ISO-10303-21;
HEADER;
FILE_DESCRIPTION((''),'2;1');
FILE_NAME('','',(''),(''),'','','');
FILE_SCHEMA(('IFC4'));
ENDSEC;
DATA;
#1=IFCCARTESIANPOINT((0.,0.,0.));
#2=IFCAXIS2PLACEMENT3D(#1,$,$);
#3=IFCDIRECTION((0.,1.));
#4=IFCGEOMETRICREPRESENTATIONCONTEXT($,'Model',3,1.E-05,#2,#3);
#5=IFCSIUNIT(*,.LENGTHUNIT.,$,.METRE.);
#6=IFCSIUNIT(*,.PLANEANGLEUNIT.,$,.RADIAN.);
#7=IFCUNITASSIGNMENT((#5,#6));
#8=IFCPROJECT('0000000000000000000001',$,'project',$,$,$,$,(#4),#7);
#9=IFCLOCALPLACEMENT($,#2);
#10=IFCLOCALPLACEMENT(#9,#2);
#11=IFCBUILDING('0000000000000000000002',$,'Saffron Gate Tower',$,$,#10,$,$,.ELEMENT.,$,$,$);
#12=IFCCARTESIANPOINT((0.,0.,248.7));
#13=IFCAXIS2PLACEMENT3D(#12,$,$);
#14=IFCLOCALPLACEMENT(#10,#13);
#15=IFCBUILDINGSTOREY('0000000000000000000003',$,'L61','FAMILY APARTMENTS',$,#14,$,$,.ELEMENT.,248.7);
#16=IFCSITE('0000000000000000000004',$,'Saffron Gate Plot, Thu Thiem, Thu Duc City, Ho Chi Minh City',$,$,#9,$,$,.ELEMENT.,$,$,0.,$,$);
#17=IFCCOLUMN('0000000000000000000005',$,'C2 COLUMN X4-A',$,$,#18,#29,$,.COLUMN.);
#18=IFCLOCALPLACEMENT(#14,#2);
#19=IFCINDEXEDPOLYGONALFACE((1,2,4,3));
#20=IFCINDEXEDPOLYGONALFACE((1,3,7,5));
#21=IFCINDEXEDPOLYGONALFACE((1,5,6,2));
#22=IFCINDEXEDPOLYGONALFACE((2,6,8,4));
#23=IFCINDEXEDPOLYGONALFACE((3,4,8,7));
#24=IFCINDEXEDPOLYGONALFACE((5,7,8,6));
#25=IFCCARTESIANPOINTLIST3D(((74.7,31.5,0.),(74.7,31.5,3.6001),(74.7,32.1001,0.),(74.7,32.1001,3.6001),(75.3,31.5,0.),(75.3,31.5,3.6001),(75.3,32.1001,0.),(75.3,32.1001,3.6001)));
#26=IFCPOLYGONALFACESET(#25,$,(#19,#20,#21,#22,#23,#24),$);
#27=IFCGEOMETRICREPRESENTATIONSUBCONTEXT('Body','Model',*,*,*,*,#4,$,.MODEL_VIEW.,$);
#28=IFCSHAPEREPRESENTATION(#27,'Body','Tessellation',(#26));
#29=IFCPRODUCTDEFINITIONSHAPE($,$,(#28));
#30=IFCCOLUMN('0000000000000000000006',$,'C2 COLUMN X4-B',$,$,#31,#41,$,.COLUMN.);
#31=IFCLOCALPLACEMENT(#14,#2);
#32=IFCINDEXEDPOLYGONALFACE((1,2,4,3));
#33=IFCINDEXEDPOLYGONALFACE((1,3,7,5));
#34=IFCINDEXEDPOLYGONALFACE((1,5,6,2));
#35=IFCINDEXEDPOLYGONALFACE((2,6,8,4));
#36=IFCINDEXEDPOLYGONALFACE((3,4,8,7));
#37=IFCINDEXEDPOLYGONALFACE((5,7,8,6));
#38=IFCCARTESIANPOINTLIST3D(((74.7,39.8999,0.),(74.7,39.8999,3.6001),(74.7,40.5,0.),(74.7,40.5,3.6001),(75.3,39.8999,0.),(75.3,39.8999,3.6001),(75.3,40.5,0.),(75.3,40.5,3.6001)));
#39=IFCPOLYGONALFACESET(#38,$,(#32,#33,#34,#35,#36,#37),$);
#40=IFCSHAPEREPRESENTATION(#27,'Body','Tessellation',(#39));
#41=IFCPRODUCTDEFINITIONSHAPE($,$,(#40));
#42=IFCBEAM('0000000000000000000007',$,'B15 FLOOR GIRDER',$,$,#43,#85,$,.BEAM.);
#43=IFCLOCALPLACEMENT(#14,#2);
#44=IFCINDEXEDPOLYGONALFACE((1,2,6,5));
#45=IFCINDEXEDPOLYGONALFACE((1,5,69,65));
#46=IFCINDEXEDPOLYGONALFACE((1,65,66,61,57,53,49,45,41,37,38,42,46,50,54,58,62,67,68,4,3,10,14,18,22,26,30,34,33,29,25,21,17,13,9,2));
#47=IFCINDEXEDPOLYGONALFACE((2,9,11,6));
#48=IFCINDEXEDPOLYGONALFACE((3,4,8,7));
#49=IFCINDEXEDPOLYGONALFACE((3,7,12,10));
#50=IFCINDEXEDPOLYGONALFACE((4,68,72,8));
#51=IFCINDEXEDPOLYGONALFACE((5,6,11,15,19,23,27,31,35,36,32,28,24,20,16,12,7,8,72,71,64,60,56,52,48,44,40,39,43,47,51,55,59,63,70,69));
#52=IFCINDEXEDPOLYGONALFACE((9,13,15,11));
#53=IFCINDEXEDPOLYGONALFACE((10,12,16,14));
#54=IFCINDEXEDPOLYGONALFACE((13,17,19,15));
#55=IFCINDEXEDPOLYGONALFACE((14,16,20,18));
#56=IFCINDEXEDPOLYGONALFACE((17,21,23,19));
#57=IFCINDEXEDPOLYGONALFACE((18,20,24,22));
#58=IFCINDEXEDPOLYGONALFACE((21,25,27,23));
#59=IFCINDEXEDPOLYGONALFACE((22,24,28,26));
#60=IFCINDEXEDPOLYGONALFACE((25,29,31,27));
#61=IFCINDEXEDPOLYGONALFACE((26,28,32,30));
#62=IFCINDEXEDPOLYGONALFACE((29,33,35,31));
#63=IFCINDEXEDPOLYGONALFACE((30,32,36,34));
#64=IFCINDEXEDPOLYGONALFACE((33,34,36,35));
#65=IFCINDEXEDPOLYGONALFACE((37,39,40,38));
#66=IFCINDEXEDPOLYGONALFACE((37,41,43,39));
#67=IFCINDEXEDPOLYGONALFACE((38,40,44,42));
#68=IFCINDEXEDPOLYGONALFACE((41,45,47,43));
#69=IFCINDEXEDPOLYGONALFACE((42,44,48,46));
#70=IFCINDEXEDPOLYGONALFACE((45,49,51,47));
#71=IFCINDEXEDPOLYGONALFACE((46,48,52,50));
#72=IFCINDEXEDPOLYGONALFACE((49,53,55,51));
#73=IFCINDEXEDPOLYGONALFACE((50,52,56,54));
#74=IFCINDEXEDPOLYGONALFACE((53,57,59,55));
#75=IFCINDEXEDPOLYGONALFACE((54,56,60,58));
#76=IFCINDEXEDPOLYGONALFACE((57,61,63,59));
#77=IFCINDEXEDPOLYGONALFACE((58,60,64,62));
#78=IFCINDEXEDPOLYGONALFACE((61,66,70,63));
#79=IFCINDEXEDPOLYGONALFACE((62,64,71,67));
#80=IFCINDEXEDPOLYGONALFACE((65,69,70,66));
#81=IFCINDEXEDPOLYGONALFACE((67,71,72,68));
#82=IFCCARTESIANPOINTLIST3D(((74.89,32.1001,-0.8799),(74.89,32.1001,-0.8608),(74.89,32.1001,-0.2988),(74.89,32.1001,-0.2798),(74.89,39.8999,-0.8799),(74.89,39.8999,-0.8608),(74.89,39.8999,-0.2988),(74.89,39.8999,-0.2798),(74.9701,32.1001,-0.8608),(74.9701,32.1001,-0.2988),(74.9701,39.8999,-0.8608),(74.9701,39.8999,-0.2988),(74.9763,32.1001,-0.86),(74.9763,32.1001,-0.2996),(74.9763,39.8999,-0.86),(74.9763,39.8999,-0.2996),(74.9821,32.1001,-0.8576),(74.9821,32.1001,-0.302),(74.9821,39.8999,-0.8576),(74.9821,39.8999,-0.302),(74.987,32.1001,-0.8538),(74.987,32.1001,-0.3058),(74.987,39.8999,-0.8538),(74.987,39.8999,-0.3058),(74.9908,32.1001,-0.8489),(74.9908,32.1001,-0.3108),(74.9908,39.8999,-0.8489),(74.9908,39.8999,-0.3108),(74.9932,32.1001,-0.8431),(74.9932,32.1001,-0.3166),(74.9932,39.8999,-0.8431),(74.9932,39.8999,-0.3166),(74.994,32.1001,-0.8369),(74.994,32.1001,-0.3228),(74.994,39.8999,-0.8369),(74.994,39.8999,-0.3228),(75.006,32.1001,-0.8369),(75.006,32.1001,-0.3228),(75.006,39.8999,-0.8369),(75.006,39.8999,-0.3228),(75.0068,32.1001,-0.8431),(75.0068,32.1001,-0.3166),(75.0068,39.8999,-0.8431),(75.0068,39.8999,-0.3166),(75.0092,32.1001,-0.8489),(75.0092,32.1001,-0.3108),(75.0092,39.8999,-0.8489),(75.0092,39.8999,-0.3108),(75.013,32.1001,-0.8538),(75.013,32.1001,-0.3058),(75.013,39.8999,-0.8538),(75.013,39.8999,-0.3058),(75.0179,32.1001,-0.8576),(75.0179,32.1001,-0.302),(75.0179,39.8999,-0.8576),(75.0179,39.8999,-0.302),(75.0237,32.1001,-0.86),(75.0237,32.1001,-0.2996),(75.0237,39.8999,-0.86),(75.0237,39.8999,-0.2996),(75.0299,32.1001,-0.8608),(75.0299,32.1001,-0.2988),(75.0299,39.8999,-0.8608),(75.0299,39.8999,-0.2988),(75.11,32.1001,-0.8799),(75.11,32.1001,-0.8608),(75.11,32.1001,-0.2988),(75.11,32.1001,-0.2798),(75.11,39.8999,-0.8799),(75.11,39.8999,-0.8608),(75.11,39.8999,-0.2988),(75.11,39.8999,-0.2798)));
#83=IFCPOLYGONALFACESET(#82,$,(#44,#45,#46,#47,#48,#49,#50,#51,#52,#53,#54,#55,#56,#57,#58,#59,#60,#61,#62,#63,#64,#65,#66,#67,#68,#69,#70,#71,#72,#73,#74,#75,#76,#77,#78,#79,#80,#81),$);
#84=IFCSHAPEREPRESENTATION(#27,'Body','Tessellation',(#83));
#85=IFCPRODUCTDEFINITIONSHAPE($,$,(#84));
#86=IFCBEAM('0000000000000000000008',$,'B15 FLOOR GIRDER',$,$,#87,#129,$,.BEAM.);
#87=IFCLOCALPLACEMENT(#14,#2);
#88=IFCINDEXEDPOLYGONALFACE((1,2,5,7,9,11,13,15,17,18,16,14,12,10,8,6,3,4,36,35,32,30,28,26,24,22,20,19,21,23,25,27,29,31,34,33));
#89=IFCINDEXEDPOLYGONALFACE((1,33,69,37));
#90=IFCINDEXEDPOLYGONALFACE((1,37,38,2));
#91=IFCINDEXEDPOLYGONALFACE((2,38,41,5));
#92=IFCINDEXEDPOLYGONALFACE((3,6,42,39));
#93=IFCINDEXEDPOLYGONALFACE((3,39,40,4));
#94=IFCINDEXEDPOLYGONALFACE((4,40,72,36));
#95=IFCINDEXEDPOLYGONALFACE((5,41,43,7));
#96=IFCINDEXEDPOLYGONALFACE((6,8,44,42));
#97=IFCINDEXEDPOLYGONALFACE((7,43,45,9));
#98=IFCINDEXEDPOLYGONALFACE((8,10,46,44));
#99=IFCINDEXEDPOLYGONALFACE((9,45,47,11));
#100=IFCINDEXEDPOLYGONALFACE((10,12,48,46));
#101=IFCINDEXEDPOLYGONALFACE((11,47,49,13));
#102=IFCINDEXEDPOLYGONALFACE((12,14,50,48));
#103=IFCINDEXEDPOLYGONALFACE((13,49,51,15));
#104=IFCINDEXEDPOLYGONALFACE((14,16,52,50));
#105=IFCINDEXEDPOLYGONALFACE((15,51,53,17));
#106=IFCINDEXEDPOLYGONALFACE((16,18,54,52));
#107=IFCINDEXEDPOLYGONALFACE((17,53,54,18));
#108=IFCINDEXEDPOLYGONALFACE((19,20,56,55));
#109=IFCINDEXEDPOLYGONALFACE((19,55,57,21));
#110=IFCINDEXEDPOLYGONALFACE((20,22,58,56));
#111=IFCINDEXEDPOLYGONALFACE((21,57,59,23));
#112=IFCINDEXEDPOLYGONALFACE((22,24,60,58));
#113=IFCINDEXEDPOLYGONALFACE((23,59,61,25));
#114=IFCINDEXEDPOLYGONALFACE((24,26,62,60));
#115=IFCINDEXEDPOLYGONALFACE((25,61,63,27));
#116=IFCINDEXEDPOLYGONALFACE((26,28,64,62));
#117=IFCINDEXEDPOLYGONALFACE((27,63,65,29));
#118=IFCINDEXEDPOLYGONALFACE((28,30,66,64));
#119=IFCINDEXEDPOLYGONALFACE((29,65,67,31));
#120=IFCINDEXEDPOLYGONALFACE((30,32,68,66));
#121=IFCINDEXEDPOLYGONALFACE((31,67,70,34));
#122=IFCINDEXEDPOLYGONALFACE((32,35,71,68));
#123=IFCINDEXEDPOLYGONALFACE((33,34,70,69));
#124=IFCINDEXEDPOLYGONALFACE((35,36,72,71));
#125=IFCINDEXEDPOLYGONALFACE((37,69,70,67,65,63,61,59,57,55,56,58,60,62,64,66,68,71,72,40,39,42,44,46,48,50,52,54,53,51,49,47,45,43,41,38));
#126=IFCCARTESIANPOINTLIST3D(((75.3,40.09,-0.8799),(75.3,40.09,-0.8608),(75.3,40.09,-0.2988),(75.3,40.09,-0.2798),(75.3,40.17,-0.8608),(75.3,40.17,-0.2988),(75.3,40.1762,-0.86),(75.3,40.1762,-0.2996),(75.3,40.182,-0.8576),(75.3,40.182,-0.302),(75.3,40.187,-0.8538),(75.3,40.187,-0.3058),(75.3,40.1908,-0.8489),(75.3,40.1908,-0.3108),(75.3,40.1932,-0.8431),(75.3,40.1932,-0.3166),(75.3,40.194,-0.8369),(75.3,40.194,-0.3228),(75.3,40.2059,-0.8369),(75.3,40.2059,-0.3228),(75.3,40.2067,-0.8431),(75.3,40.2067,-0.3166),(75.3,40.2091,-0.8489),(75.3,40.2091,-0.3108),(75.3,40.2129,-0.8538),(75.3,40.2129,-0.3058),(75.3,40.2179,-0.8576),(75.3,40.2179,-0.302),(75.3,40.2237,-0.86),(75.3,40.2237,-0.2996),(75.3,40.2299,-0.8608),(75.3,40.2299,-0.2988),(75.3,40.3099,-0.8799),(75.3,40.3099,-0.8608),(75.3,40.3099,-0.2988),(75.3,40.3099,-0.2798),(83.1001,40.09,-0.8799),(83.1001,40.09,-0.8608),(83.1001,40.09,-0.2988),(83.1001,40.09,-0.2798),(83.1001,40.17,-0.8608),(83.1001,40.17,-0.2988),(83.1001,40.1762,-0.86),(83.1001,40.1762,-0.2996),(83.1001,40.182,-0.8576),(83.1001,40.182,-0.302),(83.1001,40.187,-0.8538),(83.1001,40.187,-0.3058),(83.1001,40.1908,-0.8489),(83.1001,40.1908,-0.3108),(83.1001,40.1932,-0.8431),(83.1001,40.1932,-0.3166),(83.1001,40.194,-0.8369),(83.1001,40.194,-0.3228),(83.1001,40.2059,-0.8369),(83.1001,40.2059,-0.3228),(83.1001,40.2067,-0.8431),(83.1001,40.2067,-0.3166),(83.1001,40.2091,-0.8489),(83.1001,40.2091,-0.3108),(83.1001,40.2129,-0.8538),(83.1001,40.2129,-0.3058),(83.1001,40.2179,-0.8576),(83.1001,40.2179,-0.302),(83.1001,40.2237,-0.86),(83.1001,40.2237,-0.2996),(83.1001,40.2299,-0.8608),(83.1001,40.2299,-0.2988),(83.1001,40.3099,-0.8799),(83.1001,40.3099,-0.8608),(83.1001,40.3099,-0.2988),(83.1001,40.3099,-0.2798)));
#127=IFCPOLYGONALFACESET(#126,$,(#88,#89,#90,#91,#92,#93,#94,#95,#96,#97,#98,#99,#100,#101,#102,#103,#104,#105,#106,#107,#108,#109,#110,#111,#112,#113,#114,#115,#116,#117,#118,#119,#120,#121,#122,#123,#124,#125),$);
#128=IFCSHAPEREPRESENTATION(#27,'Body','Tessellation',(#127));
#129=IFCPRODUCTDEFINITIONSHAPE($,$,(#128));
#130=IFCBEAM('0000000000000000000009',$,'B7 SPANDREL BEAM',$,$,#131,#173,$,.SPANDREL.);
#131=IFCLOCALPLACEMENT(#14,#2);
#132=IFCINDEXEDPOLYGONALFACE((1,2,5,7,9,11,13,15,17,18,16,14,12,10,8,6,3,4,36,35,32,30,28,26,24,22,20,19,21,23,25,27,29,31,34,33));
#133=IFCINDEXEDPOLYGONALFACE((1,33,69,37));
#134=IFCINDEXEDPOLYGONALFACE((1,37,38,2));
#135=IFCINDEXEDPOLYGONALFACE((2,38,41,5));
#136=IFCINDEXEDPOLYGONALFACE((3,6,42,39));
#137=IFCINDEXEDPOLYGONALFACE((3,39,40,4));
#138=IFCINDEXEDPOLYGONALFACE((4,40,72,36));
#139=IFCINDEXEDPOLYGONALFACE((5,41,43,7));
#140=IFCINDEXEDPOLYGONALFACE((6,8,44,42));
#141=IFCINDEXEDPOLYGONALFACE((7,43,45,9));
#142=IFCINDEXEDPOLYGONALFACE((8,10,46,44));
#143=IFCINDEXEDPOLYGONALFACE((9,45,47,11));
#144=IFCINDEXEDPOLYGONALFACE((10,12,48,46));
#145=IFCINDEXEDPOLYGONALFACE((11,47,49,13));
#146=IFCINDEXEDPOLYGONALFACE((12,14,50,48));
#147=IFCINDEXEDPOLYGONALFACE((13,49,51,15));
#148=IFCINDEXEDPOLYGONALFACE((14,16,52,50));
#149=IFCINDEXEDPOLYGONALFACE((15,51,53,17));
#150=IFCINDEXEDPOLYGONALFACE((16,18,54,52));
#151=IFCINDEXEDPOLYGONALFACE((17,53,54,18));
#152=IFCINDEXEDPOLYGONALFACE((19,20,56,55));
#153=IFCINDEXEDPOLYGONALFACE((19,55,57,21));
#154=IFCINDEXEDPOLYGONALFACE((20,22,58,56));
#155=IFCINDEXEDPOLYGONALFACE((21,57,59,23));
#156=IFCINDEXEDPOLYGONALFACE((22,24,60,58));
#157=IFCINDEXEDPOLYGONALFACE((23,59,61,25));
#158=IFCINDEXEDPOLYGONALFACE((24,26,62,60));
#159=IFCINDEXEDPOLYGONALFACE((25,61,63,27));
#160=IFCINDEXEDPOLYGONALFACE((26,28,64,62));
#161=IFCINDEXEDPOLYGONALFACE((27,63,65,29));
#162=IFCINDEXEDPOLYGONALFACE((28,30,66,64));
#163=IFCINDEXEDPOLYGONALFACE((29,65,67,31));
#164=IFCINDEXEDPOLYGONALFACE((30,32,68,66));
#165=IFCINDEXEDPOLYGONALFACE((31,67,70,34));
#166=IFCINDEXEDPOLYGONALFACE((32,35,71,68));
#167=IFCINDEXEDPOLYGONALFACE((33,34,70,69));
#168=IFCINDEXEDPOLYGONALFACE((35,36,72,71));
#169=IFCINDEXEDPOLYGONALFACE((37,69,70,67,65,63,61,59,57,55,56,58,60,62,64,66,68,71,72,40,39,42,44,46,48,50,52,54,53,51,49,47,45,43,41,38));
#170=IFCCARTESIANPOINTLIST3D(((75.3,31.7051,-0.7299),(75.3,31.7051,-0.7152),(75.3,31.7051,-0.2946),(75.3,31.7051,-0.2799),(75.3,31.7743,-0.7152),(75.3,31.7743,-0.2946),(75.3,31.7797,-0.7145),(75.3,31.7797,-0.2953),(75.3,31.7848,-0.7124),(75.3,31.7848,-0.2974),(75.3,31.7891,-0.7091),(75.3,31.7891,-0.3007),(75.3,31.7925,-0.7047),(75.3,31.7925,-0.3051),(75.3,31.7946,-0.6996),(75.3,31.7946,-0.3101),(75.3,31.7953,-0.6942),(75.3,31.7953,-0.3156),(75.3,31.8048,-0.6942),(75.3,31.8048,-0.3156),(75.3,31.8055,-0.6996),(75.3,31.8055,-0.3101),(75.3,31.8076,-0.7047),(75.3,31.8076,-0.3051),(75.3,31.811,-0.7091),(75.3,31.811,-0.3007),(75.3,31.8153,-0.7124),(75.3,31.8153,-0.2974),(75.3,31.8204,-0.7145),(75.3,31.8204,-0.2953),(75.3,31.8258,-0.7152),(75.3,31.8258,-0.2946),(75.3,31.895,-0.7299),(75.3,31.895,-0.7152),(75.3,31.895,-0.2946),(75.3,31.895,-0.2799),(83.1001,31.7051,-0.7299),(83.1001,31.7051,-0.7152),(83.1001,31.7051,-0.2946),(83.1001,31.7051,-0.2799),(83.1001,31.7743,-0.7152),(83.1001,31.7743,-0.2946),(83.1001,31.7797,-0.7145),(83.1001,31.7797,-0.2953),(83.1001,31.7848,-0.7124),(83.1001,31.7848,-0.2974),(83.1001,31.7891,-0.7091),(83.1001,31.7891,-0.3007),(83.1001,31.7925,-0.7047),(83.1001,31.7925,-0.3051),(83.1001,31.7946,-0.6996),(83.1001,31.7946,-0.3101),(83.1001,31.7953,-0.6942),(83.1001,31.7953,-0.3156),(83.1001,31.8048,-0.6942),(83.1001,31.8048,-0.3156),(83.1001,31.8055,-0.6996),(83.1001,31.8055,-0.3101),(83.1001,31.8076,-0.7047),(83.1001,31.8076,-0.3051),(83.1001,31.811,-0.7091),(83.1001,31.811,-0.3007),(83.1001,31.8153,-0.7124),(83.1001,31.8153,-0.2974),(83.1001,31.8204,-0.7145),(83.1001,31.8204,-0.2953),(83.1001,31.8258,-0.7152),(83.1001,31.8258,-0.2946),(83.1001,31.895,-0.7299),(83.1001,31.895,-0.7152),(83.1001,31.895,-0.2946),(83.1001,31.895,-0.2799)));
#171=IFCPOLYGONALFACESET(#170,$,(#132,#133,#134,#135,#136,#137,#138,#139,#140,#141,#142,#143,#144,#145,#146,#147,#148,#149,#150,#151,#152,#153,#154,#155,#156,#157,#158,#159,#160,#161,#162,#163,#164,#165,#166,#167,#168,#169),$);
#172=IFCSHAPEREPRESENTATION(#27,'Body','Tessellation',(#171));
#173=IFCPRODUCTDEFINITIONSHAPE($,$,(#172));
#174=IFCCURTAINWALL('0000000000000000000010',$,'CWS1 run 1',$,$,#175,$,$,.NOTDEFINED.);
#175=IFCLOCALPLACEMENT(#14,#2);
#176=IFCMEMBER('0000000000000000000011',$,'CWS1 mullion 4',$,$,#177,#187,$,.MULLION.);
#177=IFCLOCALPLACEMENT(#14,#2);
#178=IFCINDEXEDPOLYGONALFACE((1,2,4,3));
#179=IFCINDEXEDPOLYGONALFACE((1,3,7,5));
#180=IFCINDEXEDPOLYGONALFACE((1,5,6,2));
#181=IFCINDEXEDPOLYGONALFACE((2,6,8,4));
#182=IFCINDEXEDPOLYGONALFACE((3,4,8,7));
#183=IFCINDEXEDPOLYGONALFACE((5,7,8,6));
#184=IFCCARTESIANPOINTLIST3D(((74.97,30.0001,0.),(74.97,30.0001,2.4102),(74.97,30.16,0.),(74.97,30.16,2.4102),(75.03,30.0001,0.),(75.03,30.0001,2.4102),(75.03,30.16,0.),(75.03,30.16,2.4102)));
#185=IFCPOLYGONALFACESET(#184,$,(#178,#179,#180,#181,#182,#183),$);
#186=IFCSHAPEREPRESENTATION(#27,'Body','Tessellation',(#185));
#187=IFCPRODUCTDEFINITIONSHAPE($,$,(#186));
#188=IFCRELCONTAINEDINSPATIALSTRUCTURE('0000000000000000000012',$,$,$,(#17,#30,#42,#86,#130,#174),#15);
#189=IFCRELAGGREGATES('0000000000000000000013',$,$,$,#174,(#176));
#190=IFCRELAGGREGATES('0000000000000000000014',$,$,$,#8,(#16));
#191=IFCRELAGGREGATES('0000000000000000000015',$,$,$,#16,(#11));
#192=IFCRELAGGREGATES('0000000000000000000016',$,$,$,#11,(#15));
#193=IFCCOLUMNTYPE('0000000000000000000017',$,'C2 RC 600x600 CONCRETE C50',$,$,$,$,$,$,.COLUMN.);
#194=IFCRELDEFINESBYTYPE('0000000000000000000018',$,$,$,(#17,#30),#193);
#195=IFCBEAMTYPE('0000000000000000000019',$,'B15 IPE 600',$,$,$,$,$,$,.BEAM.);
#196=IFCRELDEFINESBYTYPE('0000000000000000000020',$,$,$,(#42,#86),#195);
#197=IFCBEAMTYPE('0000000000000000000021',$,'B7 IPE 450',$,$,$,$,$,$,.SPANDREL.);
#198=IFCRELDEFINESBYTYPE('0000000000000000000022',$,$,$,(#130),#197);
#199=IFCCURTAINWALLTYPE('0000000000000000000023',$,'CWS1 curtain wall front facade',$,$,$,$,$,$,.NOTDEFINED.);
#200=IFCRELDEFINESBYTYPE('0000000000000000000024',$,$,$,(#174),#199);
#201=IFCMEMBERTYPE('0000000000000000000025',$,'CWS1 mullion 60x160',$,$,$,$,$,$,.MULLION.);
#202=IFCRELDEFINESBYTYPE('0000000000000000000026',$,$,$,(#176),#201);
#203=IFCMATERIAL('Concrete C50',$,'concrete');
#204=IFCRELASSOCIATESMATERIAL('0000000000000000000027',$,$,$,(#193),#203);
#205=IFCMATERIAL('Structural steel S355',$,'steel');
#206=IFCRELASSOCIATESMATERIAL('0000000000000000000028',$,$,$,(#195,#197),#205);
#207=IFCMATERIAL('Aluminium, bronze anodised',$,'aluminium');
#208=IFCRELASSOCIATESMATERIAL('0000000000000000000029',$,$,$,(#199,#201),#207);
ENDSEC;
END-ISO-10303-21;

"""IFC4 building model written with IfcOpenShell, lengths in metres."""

from ifc_helpers import new_model, si_unit, direction, frame, origin, origin_2d, place, context, subcontext, project, spatial, rectangle, i_section, extrude, material, material_profile, profile_set, type_object, element, aggregate, save


model = new_model("IFC4")

# Units and contexts
model_context = context("Model", 3, precision=1e-05, world=origin(), true_north=direction((0.0, 1.0)))
body_context = subcontext(model_context, "Body", "Model", "MODEL_VIEW")
ifc_project = project(units=[si_unit("LENGTHUNIT", "METRE"), si_unit("PLANEANGLEUNIT", "RADIAN")], contexts=[model_context])

# Site, building, storey
site_placement = place(None, origin())
site = spatial("IfcSite", under=ifc_project, at=site_placement, Name="Saffron Gate Plot, Thu Thiem, Thu Duc City, Ho Chi Minh City", CompositionType="ELEMENT", RefElevation=0.0)
building_placement = place(site_placement, origin())
building = spatial("IfcBuilding", under=site, at=building_placement, Name="Saffron Gate Tower", CompositionType="ELEMENT")
storey_placement = place(building_placement, frame((0.0, 0.0, 248.7)))
storey = spatial("IfcBuildingStorey", under=building, at=storey_placement, Name="L61", Description="FAMILY APARTMENTS", CompositionType="ELEMENT", Elevation=248.7)

# Columns
ifc_material_1 = material(Name="Concrete C50", Category="concrete")
ifc_material_profile_1 = material_profile(ifc_material_1, rectangle(XDim=0.6001, YDim=0.6001, at=origin_2d()))
ifc_profile_set_1 = profile_set([ifc_material_profile_1], Name="Concrete C50")
column_type = type_object("IfcColumnType", Name="C2 RC 600x600 CONCRETE C50", PredefinedType="COLUMN", material=ifc_profile_set_1)
for number, where, z_axis, x_axis, name in (
    (1, (75.0, 31.8, 0.0), (0.0, 0.0, 1.0), (1.0, 0.0, 0.0), "C2 COLUMN X4-A"),
    (2, (75.0, 40.2, 0.0), (0.0, 0.0, 1.0), (1.0, 0.0, 0.0), "C2 COLUMN X4-B"),
):
    element("IfcColumn", number, at=place(storey_placement, frame(where, z_axis=z_axis, x_axis=x_axis)), inside=storey, type_object=column_type, Name=name, PredefinedType="COLUMN", context=body_context, shape_type="SweptSolid", body=[
        extrude(rectangle(XDim=0.6001, YDim=0.6001, at=origin_2d()), origin(), (0.0, 0.0, 1.0), 3.6001),
    ])

# Beams
ifc_material_2 = material(Name="Structural steel S355", Category="steel")
ifc_material_profile_2 = material_profile(ifc_material_2, i_section(OverallWidth=0.22, OverallDepth=0.6001, WebThickness=0.012, FlangeThickness=0.019, FilletRadius=0.0239, at=origin_2d()))
ifc_profile_set_2 = profile_set([ifc_material_profile_2], Name="Structural steel S355")
beam_type_1 = type_object("IfcBeamType", Name="B15 IPE 600", PredefinedType="BEAM", material=ifc_profile_set_2)
beam_1_placement = place(storey_placement, frame((75.0, 32.1001, -0.5798), z_axis=(0.0, 1.0, 0.0), x_axis=(-1.0, 0.0, 0.0)))
element("IfcBeam", 3, at=beam_1_placement, inside=storey, type_object=beam_type_1, Name="B15 FLOOR GIRDER", PredefinedType="BEAM", context=body_context, shape_type="SweptSolid", body=[
    extrude(i_section(OverallWidth=0.22, OverallDepth=0.6001, WebThickness=0.012, FlangeThickness=0.019, FilletRadius=0.0239, at=origin_2d()), origin(), (0.0, 0.0, 1.0), 7.7998),
])
beam_2_placement = place(storey_placement, frame((75.3, 40.2, -0.5798), z_axis=(1.0, 0.0, 0.0), x_axis=(0.0, 1.0, 0.0)))
element("IfcBeam", 4, at=beam_2_placement, inside=storey, type_object=beam_type_1, Name="B15 FLOOR GIRDER", PredefinedType="BEAM", context=body_context, shape_type="SweptSolid", body=[
    extrude(i_section(OverallWidth=0.22, OverallDepth=0.6001, WebThickness=0.012, FlangeThickness=0.019, FilletRadius=0.0239, at=origin_2d()), origin(), (0.0, 0.0, 1.0), 7.8),
])
ifc_material_profile_3 = material_profile(ifc_material_2, i_section(OverallWidth=0.1899, OverallDepth=0.45, WebThickness=0.0095, FlangeThickness=0.0146, FilletRadius=0.021, at=origin_2d()))
ifc_profile_set_3 = profile_set([ifc_material_profile_3], Name="Structural steel S355")
beam_type_2 = type_object("IfcBeamType", Name="B7 IPE 450", PredefinedType="SPANDREL", material=ifc_profile_set_3)
beam_3_placement = place(storey_placement, frame((75.3, 31.8, -0.5049), z_axis=(1.0, 0.0, 0.0), x_axis=(0.0, 1.0, 0.0)))
element("IfcBeam", 5, at=beam_3_placement, inside=storey, type_object=beam_type_2, Name="B7 SPANDREL BEAM", PredefinedType="SPANDREL", context=body_context, shape_type="SweptSolid", body=[
    extrude(i_section(OverallWidth=0.1899, OverallDepth=0.45, WebThickness=0.0095, FlangeThickness=0.0146, FilletRadius=0.021, at=origin_2d()), origin(), (0.0, 0.0, 1.0), 7.8),
])

# Curtain wall, member
ifc_material_3 = material(Name="Aluminium, bronze anodised", Category="aluminium")
curtain_wall_type = type_object("IfcCurtainWallType", Name="CWS1 curtain wall front facade", PredefinedType="NOTDEFINED", material=ifc_material_3)
curtain_wall_placement = place(storey_placement, origin())
curtain_wall = element("IfcCurtainWall", 6, at=curtain_wall_placement, inside=storey, type_object=curtain_wall_type, Name="CWS1 run 1", PredefinedType="NOTDEFINED")
ifc_material_profile_4 = material_profile(ifc_material_3, rectangle(XDim=0.1599, YDim=0.0601, at=origin_2d()))
ifc_profile_set_4 = profile_set([ifc_material_profile_4], Name="Aluminium, bronze anodised")
member_type = type_object("IfcMemberType", Name="CWS1 mullion 60x160", PredefinedType="MULLION", material=ifc_profile_set_4)
member_placement = place(storey_placement, frame((75.0, 30.0801, 0.0), z_axis=(0.0, 0.0, 1.0), x_axis=(0.0, 1.0, 0.0)))
member = element("IfcMember", 7, at=member_placement, type_object=member_type, Name="CWS1 mullion 4", PredefinedType="MULLION", context=body_context, shape_type="SweptSolid", body=[
    extrude(rectangle(XDim=0.1599, YDim=0.0601, at=origin_2d()), origin(), (0.0, 0.0, 1.0), 2.4102),
])
aggregate(curtain_wall, [member])

save(model, "model.ifc")
